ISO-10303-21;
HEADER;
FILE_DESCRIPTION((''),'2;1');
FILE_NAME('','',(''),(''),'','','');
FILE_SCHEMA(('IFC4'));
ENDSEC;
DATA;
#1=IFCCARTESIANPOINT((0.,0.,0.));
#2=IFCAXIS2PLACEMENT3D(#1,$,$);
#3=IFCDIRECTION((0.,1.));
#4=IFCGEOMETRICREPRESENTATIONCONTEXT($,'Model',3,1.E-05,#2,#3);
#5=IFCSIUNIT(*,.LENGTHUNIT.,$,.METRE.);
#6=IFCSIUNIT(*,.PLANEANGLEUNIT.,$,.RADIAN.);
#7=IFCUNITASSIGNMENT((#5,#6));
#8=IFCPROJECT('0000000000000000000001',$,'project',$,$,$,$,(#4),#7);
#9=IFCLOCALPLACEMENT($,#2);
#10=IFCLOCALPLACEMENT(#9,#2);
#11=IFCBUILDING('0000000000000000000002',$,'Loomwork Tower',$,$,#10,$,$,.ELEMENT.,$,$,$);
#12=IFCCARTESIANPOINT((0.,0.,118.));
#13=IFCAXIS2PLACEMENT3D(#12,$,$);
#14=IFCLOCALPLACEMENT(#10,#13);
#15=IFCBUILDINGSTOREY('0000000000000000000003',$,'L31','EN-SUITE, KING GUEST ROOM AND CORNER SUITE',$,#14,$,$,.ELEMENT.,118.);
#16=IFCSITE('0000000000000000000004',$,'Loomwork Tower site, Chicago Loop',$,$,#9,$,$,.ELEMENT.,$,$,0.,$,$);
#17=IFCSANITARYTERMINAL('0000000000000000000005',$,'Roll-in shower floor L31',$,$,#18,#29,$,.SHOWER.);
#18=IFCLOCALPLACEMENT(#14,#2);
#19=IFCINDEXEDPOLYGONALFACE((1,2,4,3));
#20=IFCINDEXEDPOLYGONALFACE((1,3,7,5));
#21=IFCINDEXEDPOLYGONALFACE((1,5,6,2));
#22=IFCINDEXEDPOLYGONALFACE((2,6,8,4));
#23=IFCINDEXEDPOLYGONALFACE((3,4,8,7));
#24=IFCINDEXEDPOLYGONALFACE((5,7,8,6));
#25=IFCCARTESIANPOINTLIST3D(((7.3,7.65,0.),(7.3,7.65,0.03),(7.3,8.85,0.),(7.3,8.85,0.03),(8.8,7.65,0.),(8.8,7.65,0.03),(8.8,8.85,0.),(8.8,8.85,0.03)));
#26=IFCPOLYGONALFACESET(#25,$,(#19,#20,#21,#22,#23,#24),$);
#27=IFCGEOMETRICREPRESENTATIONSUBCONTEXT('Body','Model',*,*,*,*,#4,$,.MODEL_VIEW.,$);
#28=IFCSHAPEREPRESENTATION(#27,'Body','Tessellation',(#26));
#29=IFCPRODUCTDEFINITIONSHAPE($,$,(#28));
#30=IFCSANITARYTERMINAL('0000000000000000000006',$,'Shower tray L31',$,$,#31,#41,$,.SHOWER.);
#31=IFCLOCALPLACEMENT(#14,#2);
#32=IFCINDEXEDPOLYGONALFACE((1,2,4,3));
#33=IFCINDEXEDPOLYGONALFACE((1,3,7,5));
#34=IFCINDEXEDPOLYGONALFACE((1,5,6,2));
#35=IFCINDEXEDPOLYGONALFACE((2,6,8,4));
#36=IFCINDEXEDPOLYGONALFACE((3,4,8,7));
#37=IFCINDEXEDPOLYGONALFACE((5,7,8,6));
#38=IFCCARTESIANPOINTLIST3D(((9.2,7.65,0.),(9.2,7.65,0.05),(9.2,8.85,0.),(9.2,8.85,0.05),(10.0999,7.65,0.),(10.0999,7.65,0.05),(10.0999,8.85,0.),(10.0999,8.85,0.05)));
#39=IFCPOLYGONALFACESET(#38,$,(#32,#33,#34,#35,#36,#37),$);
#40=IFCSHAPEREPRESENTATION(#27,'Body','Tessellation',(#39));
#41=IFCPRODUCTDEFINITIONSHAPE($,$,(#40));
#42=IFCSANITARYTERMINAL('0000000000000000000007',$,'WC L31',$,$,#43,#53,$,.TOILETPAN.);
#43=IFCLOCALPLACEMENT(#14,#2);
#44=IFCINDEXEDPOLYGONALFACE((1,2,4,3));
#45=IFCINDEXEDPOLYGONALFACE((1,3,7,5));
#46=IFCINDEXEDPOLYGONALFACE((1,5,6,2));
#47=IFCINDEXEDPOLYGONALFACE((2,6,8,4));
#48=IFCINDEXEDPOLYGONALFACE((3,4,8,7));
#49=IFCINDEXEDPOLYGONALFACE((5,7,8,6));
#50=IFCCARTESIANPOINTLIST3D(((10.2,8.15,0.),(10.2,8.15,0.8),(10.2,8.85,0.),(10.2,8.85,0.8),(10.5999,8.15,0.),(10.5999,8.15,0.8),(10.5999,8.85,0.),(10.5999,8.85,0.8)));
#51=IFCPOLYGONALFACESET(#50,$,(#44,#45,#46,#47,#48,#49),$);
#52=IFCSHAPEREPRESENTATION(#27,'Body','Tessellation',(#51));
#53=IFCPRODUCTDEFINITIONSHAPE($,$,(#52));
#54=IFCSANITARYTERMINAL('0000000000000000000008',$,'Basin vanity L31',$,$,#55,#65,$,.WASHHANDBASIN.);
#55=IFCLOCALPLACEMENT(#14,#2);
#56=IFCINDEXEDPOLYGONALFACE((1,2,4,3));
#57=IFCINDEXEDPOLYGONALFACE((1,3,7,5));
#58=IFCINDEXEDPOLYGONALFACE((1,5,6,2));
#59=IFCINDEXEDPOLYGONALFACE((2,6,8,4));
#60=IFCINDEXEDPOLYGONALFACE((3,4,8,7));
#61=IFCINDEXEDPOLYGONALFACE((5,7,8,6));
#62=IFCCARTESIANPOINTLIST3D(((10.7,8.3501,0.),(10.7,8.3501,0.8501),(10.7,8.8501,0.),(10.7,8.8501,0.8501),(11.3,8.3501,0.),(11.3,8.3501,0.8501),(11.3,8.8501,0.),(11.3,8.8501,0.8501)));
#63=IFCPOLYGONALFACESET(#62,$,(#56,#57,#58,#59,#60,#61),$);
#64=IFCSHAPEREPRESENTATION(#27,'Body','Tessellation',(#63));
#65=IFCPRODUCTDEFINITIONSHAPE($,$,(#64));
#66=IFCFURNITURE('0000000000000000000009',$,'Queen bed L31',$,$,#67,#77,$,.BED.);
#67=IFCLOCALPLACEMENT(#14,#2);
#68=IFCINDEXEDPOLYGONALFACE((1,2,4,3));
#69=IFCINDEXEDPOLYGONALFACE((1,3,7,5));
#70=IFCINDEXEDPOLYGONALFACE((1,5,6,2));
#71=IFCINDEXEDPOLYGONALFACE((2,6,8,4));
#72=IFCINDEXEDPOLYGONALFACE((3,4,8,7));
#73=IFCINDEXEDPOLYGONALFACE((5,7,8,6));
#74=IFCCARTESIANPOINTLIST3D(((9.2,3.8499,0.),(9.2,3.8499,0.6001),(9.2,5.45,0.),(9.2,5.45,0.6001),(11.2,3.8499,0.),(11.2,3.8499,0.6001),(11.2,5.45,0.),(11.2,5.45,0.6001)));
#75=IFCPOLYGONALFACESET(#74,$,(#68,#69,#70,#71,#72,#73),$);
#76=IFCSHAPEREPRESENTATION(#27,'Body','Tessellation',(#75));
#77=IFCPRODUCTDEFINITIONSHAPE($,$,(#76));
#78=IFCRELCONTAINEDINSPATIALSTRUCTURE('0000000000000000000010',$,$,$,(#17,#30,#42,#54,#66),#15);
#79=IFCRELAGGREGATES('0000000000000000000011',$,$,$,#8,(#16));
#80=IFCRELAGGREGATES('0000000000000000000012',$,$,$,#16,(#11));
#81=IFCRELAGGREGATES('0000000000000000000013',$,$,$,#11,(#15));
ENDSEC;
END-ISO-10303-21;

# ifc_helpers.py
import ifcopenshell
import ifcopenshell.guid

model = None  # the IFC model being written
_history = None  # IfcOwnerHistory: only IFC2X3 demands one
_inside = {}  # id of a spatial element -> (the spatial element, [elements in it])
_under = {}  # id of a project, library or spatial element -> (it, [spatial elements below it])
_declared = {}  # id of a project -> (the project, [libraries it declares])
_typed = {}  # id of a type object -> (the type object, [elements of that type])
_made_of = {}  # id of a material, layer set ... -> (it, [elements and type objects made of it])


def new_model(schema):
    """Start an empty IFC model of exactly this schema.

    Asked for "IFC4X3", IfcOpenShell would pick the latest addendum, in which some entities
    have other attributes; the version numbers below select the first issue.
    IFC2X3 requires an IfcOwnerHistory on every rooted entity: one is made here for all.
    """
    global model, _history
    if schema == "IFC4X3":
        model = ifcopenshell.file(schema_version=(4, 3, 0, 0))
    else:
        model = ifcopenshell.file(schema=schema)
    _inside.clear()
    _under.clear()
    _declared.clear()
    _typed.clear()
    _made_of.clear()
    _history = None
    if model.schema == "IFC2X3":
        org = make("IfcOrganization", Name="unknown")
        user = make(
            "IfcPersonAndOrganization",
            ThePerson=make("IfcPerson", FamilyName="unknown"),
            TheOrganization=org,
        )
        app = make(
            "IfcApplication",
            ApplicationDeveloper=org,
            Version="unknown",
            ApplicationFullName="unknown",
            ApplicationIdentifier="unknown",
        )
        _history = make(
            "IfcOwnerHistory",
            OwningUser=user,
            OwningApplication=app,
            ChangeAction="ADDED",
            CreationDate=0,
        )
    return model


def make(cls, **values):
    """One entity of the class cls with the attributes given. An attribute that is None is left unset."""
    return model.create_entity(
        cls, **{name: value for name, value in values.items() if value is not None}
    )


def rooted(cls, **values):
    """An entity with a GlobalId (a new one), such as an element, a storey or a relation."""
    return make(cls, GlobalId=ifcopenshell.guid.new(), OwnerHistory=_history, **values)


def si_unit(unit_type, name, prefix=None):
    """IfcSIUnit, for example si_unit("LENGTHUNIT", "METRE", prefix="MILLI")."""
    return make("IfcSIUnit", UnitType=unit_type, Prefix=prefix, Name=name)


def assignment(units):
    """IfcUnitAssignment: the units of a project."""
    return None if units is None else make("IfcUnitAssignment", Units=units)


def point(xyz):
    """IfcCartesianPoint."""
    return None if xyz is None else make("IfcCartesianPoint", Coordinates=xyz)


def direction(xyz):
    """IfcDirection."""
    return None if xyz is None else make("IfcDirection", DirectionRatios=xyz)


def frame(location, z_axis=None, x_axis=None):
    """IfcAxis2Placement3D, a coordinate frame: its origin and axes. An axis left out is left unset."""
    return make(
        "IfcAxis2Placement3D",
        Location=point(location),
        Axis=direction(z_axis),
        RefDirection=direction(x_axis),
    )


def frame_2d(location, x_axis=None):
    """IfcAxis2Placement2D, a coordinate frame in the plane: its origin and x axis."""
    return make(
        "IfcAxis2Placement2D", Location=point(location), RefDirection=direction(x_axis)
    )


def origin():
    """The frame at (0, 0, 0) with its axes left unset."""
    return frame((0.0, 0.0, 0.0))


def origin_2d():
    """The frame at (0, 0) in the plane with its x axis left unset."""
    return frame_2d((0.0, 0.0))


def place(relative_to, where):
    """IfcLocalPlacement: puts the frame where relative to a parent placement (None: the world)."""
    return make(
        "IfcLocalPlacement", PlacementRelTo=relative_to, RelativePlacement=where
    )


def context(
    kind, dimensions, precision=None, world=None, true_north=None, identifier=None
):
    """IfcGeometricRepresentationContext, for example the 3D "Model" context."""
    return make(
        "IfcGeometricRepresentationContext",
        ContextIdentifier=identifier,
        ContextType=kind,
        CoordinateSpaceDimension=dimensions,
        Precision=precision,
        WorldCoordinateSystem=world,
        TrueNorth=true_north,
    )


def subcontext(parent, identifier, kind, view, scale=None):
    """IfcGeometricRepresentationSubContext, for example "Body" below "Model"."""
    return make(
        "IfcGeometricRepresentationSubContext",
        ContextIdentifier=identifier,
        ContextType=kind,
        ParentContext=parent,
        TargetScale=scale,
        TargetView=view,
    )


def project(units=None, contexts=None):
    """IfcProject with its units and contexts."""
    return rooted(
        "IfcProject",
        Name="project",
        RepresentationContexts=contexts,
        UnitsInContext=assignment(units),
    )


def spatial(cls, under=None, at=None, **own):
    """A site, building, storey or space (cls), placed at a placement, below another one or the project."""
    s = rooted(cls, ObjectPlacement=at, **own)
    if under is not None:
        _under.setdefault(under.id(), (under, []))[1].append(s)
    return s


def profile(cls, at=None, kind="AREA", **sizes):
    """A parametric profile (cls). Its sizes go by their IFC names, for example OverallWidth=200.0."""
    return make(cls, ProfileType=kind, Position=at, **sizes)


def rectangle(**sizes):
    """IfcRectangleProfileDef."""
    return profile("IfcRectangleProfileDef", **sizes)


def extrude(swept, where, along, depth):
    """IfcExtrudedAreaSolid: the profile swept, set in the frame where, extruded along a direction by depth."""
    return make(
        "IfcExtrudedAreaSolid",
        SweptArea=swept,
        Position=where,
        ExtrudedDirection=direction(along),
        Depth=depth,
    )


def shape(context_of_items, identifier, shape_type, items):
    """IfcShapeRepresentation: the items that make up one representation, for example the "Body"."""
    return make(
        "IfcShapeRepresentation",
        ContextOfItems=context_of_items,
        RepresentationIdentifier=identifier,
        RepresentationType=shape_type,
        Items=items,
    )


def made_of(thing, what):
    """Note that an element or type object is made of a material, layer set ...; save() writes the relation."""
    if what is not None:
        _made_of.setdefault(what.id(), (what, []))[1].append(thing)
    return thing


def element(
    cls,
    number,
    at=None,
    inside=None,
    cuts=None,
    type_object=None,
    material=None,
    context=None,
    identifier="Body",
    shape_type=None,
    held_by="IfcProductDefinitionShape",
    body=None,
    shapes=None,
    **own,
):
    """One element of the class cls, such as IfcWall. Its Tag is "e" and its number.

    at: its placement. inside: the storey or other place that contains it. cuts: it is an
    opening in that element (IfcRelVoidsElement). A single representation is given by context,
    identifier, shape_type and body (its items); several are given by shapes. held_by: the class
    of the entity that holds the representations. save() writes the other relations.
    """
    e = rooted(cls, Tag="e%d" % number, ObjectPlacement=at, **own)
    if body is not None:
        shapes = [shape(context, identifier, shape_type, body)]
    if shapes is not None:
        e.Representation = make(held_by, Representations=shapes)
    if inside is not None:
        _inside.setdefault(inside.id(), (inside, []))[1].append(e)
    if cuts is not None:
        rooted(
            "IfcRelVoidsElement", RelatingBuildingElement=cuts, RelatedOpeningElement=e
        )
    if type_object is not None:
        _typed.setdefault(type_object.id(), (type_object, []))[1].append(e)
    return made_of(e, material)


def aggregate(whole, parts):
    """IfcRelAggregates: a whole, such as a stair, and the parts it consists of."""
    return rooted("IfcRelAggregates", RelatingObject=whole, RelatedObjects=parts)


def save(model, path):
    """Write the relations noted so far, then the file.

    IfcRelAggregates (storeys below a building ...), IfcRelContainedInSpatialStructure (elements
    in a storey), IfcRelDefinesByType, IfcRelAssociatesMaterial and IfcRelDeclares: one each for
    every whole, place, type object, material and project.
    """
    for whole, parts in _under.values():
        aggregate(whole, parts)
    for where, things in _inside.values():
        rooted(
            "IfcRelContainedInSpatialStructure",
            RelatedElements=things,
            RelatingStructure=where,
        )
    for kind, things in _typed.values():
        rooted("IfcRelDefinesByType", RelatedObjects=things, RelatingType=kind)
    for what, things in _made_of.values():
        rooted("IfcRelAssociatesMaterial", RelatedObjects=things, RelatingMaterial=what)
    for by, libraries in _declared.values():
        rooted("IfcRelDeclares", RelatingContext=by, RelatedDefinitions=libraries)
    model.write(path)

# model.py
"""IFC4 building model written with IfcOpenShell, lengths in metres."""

from ifc_helpers import new_model, si_unit, direction, frame, origin, origin_2d, place, context, subcontext, project, spatial, rectangle, extrude, element, save


model = new_model("IFC4")

# Units and contexts
model_context = context("Model", 3, precision=1e-05, world=origin(), true_north=direction((0.0, 1.0)))
body_context = subcontext(model_context, "Body", "Model", "MODEL_VIEW")
ifc_project = project(units=[si_unit("LENGTHUNIT", "METRE"), si_unit("PLANEANGLEUNIT", "RADIAN")], contexts=[model_context])

# Site, building, storey
site_placement = place(None, origin())
site = spatial("IfcSite", under=ifc_project, at=site_placement, Name="Loomwork Tower site, Chicago Loop", CompositionType="ELEMENT", RefElevation=0.0)
building_placement = place(site_placement, origin())
building = spatial("IfcBuilding", under=site, at=building_placement, Name="Loomwork Tower", CompositionType="ELEMENT")
storey_placement = place(building_placement, frame((0.0, 0.0, 118.0)))
storey = spatial("IfcBuildingStorey", under=building, at=storey_placement, Name="L31", Description="EN-SUITE, KING GUEST ROOM AND CORNER SUITE", CompositionType="ELEMENT", Elevation=118.0)

# Sanitary terminals
sanitary_terminal_1_placement = place(storey_placement, frame((8.05, 8.25, 0.0), z_axis=(0.0, 0.0, 1.0), x_axis=(1.0, 0.0, 0.0)))
element("IfcSanitaryTerminal", 1, at=sanitary_terminal_1_placement, inside=storey, Name="Roll-in shower floor L31", PredefinedType="SHOWER", context=body_context, shape_type="SweptSolid", body=[
    extrude(rectangle(XDim=1.5, YDim=1.2, at=origin_2d()), origin(), (0.0, 0.0, 1.0), 0.03),
])
sanitary_terminal_2_placement = place(storey_placement, frame((9.6499, 8.25, 0.0), z_axis=(0.0, 0.0, 1.0), x_axis=(1.0, 0.0, 0.0)))
element("IfcSanitaryTerminal", 2, at=sanitary_terminal_2_placement, inside=storey, Name="Shower tray L31", PredefinedType="SHOWER", context=body_context, shape_type="SweptSolid", body=[
    extrude(rectangle(XDim=0.8999, YDim=1.2, at=origin_2d()), origin(), (0.0, 0.0, 1.0), 0.05),
])
sanitary_terminal_3_placement = place(storey_placement, frame((10.3999, 8.5, 0.0), z_axis=(0.0, 0.0, 1.0), x_axis=(1.0, 0.0, 0.0)))
element("IfcSanitaryTerminal", 3, at=sanitary_terminal_3_placement, inside=storey, Name="WC L31", PredefinedType="TOILETPAN", context=body_context, shape_type="SweptSolid", body=[
    extrude(rectangle(XDim=0.3999, YDim=0.7, at=origin_2d()), origin(), (0.0, 0.0, 1.0), 0.8),
])
sanitary_terminal_4_placement = place(storey_placement, frame((11.0, 8.6001, 0.0), z_axis=(0.0, 0.0, 1.0), x_axis=(1.0, 0.0, 0.0)))
element("IfcSanitaryTerminal", 4, at=sanitary_terminal_4_placement, inside=storey, Name="Basin vanity L31", PredefinedType="WASHHANDBASIN", context=body_context, shape_type="SweptSolid", body=[
    extrude(rectangle(XDim=0.6001, YDim=0.5, at=origin_2d()), origin(), (0.0, 0.0, 1.0), 0.8501),
])

# Furniture
furniture_placement = place(storey_placement, frame((10.2, 4.6499, 0.0), z_axis=(0.0, 0.0, 1.0), x_axis=(1.0, 0.0, 0.0)))
element("IfcFurniture", 5, at=furniture_placement, inside=storey, Name="Queen bed L31", PredefinedType="BED", context=body_context, shape_type="SweptSolid", body=[
    extrude(rectangle(XDim=2.0, YDim=1.6001, at=origin_2d()), origin(), (0.0, 0.0, 1.0), 0.6001),
])

save(model, "model.ifc")
